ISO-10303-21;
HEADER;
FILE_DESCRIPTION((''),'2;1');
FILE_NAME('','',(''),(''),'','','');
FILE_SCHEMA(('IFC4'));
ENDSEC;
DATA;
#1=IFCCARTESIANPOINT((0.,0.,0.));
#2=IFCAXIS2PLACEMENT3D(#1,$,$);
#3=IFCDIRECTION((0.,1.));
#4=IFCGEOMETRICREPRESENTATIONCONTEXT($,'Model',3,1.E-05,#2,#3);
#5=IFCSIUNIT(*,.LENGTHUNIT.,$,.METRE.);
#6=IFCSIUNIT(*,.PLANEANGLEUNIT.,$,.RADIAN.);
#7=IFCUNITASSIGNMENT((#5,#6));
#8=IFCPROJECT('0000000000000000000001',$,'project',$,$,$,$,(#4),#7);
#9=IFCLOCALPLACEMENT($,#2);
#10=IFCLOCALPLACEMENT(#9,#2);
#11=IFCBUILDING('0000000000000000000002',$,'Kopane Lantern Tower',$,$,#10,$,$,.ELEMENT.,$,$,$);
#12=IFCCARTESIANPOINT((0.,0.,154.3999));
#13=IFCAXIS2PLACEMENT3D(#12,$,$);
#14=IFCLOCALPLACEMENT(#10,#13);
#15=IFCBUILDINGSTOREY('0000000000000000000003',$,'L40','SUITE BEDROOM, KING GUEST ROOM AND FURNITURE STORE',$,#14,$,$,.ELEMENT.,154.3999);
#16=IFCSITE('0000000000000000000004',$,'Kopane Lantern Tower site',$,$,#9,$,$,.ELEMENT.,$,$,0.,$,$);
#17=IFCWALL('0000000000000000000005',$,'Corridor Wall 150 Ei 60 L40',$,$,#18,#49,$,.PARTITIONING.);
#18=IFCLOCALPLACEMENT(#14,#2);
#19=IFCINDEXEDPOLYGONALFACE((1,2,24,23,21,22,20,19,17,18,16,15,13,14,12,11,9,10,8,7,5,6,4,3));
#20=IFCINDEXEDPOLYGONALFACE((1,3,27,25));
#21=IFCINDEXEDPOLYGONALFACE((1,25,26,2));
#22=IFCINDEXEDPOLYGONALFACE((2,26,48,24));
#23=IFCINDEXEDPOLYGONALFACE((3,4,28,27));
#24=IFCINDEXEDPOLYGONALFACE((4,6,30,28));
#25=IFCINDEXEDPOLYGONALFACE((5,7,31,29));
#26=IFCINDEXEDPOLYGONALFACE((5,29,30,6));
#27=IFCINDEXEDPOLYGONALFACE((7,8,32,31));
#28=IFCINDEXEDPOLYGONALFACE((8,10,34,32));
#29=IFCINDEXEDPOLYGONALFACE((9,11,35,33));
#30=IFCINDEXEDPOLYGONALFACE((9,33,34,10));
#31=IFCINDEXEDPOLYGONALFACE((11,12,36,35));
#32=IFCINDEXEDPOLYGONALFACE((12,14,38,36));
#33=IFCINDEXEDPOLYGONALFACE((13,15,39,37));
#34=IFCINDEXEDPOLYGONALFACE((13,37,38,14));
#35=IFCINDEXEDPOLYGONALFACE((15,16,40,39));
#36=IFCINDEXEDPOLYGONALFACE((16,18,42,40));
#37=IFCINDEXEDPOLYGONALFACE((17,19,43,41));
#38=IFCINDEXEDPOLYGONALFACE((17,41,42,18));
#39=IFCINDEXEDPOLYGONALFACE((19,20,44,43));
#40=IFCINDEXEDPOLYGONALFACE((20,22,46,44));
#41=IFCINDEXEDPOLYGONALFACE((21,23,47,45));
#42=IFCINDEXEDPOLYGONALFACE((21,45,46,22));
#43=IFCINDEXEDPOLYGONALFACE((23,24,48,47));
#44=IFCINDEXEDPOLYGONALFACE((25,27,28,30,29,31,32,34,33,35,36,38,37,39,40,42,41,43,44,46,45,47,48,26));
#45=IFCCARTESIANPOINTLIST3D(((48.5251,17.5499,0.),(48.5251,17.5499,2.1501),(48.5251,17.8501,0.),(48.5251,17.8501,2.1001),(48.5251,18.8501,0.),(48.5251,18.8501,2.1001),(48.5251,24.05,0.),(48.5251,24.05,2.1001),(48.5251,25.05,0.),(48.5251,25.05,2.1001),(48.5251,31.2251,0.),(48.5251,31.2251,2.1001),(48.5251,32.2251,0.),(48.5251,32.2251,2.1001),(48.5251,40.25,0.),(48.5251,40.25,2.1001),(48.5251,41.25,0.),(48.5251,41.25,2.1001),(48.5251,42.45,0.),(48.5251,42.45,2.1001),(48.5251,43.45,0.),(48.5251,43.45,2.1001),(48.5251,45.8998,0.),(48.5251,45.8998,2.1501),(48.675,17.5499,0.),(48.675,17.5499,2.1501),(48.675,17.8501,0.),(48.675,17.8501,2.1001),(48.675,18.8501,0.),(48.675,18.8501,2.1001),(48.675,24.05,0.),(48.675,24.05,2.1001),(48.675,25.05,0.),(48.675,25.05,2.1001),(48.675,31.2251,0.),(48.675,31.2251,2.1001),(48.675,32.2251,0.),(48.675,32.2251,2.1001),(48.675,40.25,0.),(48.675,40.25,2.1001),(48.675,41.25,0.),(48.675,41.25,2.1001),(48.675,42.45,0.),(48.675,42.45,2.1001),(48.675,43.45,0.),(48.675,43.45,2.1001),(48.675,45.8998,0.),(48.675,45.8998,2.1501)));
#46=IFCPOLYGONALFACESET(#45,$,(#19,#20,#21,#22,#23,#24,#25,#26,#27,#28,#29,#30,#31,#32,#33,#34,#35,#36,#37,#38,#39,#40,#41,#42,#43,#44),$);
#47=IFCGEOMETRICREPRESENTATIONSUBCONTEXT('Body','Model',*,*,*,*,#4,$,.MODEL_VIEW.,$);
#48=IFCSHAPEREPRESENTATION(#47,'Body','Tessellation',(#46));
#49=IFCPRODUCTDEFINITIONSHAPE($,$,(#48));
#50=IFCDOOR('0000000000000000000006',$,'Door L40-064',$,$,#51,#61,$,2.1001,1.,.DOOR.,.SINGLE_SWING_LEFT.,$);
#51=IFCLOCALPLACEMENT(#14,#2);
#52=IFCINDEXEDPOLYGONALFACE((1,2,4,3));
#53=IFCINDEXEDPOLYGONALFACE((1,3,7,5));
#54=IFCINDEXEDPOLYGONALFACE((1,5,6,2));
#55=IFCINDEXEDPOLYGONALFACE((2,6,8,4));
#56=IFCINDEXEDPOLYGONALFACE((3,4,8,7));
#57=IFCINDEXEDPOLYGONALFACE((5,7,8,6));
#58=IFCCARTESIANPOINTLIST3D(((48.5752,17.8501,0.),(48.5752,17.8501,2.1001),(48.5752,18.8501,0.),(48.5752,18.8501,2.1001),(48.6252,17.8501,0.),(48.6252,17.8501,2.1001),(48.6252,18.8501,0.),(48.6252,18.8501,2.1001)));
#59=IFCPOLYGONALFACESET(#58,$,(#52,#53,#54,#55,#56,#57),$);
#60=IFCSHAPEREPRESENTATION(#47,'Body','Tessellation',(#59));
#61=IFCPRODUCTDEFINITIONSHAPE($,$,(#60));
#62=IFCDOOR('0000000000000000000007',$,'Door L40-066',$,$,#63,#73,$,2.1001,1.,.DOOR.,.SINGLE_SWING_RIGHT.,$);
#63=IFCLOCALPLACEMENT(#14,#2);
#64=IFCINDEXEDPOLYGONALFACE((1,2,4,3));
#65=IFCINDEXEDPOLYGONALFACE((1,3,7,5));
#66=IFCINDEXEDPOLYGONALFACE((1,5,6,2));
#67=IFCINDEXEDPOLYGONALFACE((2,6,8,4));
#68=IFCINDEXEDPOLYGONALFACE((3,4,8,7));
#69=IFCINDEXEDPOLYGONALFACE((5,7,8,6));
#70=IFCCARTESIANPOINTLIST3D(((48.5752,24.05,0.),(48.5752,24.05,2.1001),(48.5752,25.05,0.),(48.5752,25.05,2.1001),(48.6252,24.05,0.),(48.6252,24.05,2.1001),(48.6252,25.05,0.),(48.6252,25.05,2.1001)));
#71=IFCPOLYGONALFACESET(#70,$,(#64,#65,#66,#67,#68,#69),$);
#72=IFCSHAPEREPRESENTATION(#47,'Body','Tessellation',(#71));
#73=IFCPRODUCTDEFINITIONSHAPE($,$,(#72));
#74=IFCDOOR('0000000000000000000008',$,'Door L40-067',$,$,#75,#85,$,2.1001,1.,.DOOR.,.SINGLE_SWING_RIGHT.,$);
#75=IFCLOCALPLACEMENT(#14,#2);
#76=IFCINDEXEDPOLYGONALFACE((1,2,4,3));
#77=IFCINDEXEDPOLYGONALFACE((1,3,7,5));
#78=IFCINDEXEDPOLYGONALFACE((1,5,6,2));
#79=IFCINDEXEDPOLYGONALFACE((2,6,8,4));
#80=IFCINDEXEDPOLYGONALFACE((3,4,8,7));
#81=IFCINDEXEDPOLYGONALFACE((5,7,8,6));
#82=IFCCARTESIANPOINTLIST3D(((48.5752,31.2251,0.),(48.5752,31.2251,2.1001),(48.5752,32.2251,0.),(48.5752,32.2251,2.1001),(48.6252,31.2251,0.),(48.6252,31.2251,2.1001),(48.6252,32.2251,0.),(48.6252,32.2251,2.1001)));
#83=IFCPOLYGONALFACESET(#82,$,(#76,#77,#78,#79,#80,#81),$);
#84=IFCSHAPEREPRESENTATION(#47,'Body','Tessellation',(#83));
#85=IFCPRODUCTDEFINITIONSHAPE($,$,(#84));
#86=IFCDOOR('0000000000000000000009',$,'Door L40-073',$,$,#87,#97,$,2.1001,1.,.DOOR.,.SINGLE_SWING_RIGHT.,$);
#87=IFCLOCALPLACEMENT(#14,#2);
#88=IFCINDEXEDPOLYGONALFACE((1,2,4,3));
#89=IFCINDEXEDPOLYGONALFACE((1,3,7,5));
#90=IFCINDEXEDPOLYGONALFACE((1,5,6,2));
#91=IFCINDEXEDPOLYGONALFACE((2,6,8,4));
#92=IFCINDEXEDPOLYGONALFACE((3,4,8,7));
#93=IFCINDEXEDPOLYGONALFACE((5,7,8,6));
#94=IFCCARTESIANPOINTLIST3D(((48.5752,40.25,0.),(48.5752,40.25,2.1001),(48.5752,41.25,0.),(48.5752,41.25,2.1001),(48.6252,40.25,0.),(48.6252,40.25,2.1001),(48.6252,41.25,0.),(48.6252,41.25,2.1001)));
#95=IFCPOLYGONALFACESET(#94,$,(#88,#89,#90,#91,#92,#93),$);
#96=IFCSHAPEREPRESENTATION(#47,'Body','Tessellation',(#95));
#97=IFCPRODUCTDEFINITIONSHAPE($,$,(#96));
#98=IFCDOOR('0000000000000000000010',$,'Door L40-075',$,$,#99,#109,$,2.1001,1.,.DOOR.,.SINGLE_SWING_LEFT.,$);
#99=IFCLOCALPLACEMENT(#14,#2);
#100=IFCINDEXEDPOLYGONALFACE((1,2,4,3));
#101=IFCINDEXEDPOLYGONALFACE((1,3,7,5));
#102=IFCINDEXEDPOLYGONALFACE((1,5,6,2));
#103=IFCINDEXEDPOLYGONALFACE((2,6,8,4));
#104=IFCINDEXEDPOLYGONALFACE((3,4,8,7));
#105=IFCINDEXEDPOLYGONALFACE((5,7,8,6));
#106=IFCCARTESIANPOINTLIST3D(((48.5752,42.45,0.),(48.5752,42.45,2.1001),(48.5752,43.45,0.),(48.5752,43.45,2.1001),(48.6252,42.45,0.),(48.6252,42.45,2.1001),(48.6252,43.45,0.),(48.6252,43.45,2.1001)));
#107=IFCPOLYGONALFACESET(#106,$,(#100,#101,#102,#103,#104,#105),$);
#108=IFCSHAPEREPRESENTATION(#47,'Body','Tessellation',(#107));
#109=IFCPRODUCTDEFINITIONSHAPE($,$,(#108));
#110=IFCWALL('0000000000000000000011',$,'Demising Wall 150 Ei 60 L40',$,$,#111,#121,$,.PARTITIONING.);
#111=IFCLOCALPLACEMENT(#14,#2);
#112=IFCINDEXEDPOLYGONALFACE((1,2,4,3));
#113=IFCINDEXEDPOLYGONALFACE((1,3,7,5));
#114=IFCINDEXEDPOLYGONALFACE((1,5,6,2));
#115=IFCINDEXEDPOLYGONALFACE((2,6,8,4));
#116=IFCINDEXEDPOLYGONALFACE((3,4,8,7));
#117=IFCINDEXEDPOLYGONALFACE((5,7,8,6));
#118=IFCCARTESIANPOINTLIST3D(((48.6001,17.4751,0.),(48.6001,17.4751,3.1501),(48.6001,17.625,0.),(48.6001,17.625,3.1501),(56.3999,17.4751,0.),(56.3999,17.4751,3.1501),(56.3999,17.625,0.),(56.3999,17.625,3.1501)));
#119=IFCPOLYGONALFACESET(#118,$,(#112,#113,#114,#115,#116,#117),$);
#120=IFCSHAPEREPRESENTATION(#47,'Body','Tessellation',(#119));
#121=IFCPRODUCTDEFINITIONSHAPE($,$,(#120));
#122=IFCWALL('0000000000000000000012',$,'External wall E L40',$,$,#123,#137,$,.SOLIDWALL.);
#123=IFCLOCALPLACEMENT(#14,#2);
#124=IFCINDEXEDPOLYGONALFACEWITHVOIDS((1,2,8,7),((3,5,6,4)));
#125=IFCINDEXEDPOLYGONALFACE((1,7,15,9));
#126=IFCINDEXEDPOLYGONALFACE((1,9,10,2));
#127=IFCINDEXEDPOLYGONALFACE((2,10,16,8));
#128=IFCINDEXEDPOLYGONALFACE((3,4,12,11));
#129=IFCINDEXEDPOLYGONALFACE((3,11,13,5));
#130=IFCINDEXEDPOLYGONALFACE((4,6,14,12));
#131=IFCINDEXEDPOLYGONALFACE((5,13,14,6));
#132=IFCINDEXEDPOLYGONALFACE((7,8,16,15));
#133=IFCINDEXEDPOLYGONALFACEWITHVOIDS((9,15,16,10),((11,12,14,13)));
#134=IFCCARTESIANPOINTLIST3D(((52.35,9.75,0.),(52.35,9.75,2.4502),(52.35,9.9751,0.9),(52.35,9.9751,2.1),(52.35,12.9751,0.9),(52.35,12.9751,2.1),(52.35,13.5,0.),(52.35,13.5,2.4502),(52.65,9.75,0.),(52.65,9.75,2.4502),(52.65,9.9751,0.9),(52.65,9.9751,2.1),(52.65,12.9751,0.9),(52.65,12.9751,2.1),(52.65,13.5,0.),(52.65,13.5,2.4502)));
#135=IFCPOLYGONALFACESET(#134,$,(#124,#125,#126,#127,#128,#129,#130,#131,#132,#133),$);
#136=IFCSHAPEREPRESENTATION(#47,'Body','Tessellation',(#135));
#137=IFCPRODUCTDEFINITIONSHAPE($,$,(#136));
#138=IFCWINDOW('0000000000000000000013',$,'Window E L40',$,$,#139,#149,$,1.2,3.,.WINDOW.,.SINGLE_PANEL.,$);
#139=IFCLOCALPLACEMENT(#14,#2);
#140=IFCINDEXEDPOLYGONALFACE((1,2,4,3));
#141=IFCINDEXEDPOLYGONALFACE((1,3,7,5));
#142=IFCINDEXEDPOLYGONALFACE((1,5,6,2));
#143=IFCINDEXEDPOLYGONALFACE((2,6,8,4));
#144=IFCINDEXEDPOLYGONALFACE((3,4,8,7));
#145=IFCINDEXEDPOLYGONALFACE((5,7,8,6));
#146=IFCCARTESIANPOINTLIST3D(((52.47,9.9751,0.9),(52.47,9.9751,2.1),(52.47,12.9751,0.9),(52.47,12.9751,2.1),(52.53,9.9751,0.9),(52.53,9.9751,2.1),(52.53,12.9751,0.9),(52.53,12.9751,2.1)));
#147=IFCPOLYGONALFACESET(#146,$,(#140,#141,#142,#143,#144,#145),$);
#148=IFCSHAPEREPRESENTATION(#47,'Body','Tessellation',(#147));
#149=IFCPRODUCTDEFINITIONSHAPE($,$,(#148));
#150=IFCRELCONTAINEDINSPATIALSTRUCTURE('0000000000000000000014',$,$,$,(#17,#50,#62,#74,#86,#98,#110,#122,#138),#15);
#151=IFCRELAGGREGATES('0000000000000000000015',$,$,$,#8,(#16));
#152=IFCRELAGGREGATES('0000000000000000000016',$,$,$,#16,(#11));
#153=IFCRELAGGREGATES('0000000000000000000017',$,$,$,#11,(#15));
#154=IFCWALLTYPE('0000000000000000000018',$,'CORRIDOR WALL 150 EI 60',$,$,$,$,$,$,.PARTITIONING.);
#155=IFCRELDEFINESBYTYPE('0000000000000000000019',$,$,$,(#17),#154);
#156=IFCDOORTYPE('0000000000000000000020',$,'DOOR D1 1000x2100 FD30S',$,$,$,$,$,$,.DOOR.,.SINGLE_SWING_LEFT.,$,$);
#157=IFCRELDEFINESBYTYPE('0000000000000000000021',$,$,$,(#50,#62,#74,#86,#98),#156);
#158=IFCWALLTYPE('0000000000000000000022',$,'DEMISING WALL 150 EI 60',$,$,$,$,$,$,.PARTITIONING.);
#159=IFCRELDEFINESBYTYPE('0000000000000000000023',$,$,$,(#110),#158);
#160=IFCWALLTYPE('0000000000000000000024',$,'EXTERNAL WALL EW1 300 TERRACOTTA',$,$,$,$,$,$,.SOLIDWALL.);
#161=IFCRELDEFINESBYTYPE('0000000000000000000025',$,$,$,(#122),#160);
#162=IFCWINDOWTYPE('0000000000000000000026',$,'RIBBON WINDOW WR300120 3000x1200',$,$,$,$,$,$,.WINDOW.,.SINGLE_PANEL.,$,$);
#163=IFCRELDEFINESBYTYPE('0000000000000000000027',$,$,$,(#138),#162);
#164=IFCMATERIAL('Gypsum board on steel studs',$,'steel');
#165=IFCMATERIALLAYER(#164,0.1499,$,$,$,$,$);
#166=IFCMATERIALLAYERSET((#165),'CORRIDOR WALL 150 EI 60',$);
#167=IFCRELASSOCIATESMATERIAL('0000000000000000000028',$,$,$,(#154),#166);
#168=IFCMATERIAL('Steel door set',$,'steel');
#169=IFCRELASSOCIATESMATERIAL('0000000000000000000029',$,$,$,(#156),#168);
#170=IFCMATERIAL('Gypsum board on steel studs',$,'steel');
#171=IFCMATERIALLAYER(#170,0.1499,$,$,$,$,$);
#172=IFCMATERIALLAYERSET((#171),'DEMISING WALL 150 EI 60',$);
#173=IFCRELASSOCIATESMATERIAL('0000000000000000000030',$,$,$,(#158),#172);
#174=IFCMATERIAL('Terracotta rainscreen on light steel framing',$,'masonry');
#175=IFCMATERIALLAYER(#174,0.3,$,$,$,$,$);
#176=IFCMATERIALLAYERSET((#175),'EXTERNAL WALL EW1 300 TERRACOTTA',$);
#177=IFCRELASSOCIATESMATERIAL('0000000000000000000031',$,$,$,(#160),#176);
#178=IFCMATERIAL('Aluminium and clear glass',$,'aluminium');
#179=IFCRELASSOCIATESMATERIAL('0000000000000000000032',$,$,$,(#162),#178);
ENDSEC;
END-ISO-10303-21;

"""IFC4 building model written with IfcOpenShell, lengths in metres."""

from ifc_helpers import new_model, si_unit, direction, frame, frame_2d, origin, place, context, subcontext, project, spatial, rectangle, extrude, material, layer, layer_set, type_object, element, fill, save


model = new_model("IFC4")

# Units and contexts
model_context = context("Model", 3, precision=1e-05, world=origin(), true_north=direction((0.0, 1.0)))
body_context = subcontext(model_context, "Body", "Model", "MODEL_VIEW")
ifc_project = project(units=[si_unit("LENGTHUNIT", "METRE"), si_unit("PLANEANGLEUNIT", "RADIAN")], contexts=[model_context])

# Site, building, storey
site_placement = place(None, origin())
site = spatial("IfcSite", under=ifc_project, at=site_placement, Name="Kopane Lantern Tower site", CompositionType="ELEMENT", RefElevation=0.0)
building_placement = place(site_placement, origin())
building = spatial("IfcBuilding", under=site, at=building_placement, Name="Kopane Lantern Tower", CompositionType="ELEMENT")
storey_placement = place(building_placement, frame((0.0, 0.0, 154.3999)))
storey = spatial("IfcBuildingStorey", under=building, at=storey_placement, Name="L40", Description="SUITE BEDROOM, KING GUEST ROOM AND FURNITURE STORE", CompositionType="ELEMENT", Elevation=154.3999)

# Wall, openings, doors
ifc_material_1 = material(Name="Gypsum board on steel studs", Category="steel")
ifc_layer_1 = layer(ifc_material_1, 0.1499)
ifc_layer_set_1 = layer_set([ifc_layer_1], Name="CORRIDOR WALL 150 EI 60")
wall_type_1 = type_object("IfcWallType", Name="CORRIDOR WALL 150 EI 60", PredefinedType="PARTITIONING", material=ifc_layer_set_1)
wall_1_placement = place(storey_placement, frame((48.6001, 17.55, 0.0), z_axis=(0.0, 0.0, 1.0), x_axis=(0.0, 1.0, 0.0)))
wall_1 = element("IfcWall", 1, at=wall_1_placement, inside=storey, type_object=wall_type_1, Name="Corridor Wall 150 Ei 60 L40", PredefinedType="PARTITIONING", context=body_context, shape_type="SweptSolid", body=[
    extrude(rectangle(XDim=28.3499, YDim=0.1499, at=frame_2d((14.1748, 0.0))), origin(), (0.0, 0.0, 1.0), 2.1501),
])
opening_1_placement = place(wall_1_placement, frame((0.3, 0.0, 0.0)))
opening_1 = element("IfcOpeningElement", 2, at=opening_1_placement, cuts=wall_1, PredefinedType="OPENING", context=body_context, shape_type="SweptSolid", body=[
    extrude(rectangle(XDim=1.0, YDim=2.1001, at=frame_2d((0.5, 1.05))), frame((0.0, 0.085, 0.0), z_axis=(0.0, -1.0, 0.0), x_axis=(1.0, 0.0, 0.0)), (0.0, 0.0, 1.0), 0.1699),
])
opening_2_placement = place(wall_1_placement, frame((6.5, 0.0, 0.0)))
opening_2 = element("IfcOpeningElement", 3, at=opening_2_placement, cuts=wall_1, PredefinedType="OPENING", context=body_context, shape_type="SweptSolid", body=[
    extrude(rectangle(XDim=1.0, YDim=2.1001, at=frame_2d((0.5, 1.05))), frame((0.0, 0.085, 0.0), z_axis=(0.0, -1.0, 0.0), x_axis=(1.0, 0.0, 0.0)), (0.0, 0.0, 1.0), 0.1699),
])
opening_3_placement = place(wall_1_placement, frame((13.675, 0.0, 0.0)))
opening_3 = element("IfcOpeningElement", 4, at=opening_3_placement, cuts=wall_1, PredefinedType="OPENING", context=body_context, shape_type="SweptSolid", body=[
    extrude(rectangle(XDim=1.0, YDim=2.1001, at=frame_2d((0.5, 1.05))), frame((0.0, 0.085, 0.0), z_axis=(0.0, -1.0, 0.0), x_axis=(1.0, 0.0, 0.0)), (0.0, 0.0, 1.0), 0.1699),
])
opening_4_placement = place(wall_1_placement, frame((22.7, 0.0, 0.0)))
opening_4 = element("IfcOpeningElement", 5, at=opening_4_placement, cuts=wall_1, PredefinedType="OPENING", context=body_context, shape_type="SweptSolid", body=[
    extrude(rectangle(XDim=1.0, YDim=2.1001, at=frame_2d((0.5, 1.05))), frame((0.0, 0.085, 0.0), z_axis=(0.0, -1.0, 0.0), x_axis=(1.0, 0.0, 0.0)), (0.0, 0.0, 1.0), 0.1699),
])
opening_5_placement = place(wall_1_placement, frame((24.8999, 0.0, 0.0)))
opening_5 = element("IfcOpeningElement", 6, at=opening_5_placement, cuts=wall_1, PredefinedType="OPENING", context=body_context, shape_type="SweptSolid", body=[
    extrude(rectangle(XDim=1.0, YDim=2.1001, at=frame_2d((0.5, 1.05))), frame((0.0, 0.085, 0.0), z_axis=(0.0, -1.0, 0.0), x_axis=(1.0, 0.0, 0.0)), (0.0, 0.0, 1.0), 0.1699),
])
ifc_material_2 = material(Name="Steel door set", Category="steel")
door_type_1 = type_object("IfcDoorType", Name="DOOR D1 1000x2100 FD30S", OperationType="SINGLE_SWING_LEFT", PredefinedType="DOOR", material=ifc_material_2)
door_1_placement = place(opening_1_placement, origin())
door_1 = element("IfcDoor", 7, at=door_1_placement, inside=storey, type_object=door_type_1, Name="Door L40-064", OperationType="SINGLE_SWING_LEFT", OverallHeight=2.1001, OverallWidth=1.0, PredefinedType="DOOR", context=body_context, shape_type="SweptSolid", body=[
    extrude(rectangle(XDim=1.0, YDim=2.1001, at=frame_2d((0.5, 1.05))), frame((0.0, 0.0249, 0.0), z_axis=(0.0, -1.0, 0.0), x_axis=(1.0, 0.0, 0.0)), (0.0, 0.0, 1.0), 0.05),
])
fill(opening_1, door_1)
door_2_placement = place(opening_2_placement, origin())
door_2 = element("IfcDoor", 8, at=door_2_placement, inside=storey, type_object=door_type_1, Name="Door L40-066", OperationType="SINGLE_SWING_RIGHT", OverallHeight=2.1001, OverallWidth=1.0, PredefinedType="DOOR", context=body_context, shape_type="SweptSolid", body=[
    extrude(rectangle(XDim=1.0, YDim=2.1001, at=frame_2d((0.5, 1.05))), frame((0.0, 0.0249, 0.0), z_axis=(0.0, -1.0, 0.0), x_axis=(1.0, 0.0, 0.0)), (0.0, 0.0, 1.0), 0.05),
])
fill(opening_2, door_2)
door_3_placement = place(opening_3_placement, origin())
door_3 = element("IfcDoor", 9, at=door_3_placement, inside=storey, type_object=door_type_1, Name="Door L40-067", OperationType="SINGLE_SWING_RIGHT", OverallHeight=2.1001, OverallWidth=1.0, PredefinedType="DOOR", context=body_context, shape_type="SweptSolid", body=[
    extrude(rectangle(XDim=1.0, YDim=2.1001, at=frame_2d((0.5, 1.05))), frame((0.0, 0.0249, 0.0), z_axis=(0.0, -1.0, 0.0), x_axis=(1.0, 0.0, 0.0)), (0.0, 0.0, 1.0), 0.05),
])
fill(opening_3, door_3)
door_4_placement = place(opening_4_placement, origin())
door_4 = element("IfcDoor", 10, at=door_4_placement, inside=storey, type_object=door_type_1, Name="Door L40-073", OperationType="SINGLE_SWING_RIGHT", OverallHeight=2.1001, OverallWidth=1.0, PredefinedType="DOOR", context=body_context, shape_type="SweptSolid", body=[
    extrude(rectangle(XDim=1.0, YDim=2.1001, at=frame_2d((0.5, 1.05))), frame((0.0, 0.0249, 0.0), z_axis=(0.0, -1.0, 0.0), x_axis=(1.0, 0.0, 0.0)), (0.0, 0.0, 1.0), 0.05),
])
fill(opening_4, door_4)
door_5_placement = place(opening_5_placement, origin())
door_5 = element("IfcDoor", 11, at=door_5_placement, inside=storey, type_object=door_type_1, Name="Door L40-075", OperationType="SINGLE_SWING_LEFT", OverallHeight=2.1001, OverallWidth=1.0, PredefinedType="DOOR", context=body_context, shape_type="SweptSolid", body=[
    extrude(rectangle(XDim=1.0, YDim=2.1001, at=frame_2d((0.5, 1.05))), frame((0.0, 0.0249, 0.0), z_axis=(0.0, -1.0, 0.0), x_axis=(1.0, 0.0, 0.0)), (0.0, 0.0, 1.0), 0.05),
])
fill(opening_5, door_5)

# Wall
ifc_material_3 = material(Name="Gypsum board on steel studs", Category="steel")
ifc_layer_2 = layer(ifc_material_3, 0.1499)
ifc_layer_set_2 = layer_set([ifc_layer_2], Name="DEMISING WALL 150 EI 60")
wall_type_2 = type_object("IfcWallType", Name="DEMISING WALL 150 EI 60", PredefinedType="PARTITIONING", material=ifc_layer_set_2)
wall_2_placement = place(storey_placement, frame((48.6001, 17.55, 0.0), z_axis=(0.0, 0.0, 1.0), x_axis=(1.0, 0.0, 0.0)))
element("IfcWall", 12, at=wall_2_placement, inside=storey, type_object=wall_type_2, Name="Demising Wall 150 Ei 60 L40", PredefinedType="PARTITIONING", context=body_context, shape_type="SweptSolid", body=[
    extrude(rectangle(XDim=7.7998, YDim=0.1499, at=frame_2d((3.8999, 0.0))), origin(), (0.0, 0.0, 1.0), 3.1501),
])

# Wall, opening, window
ifc_material_4 = material(Name="Terracotta rainscreen on light steel framing", Category="masonry")
ifc_layer_3 = layer(ifc_material_4, 0.3)
ifc_layer_set_3 = layer_set([ifc_layer_3], Name="EXTERNAL WALL EW1 300 TERRACOTTA")
wall_type_3 = type_object("IfcWallType", Name="EXTERNAL WALL EW1 300 TERRACOTTA", PredefinedType="SOLIDWALL", material=ifc_layer_set_3)
wall_3_placement = place(storey_placement, frame((52.5, 9.75, 0.0), z_axis=(0.0, 0.0, 1.0), x_axis=(0.0, 1.0, 0.0)))
wall_3 = element("IfcWall", 13, at=wall_3_placement, inside=storey, type_object=wall_type_3, Name="External wall E L40", PredefinedType="SOLIDWALL", context=body_context, shape_type="SweptSolid", body=[
    extrude(rectangle(XDim=3.75, YDim=0.3, at=frame_2d((1.875, 0.0))), origin(), (0.0, 0.0, 1.0), 2.4502),
])
opening_6_placement = place(wall_3_placement, frame((0.2251, 0.0, 0.8999)))
opening_6 = element("IfcOpeningElement", 14, at=opening_6_placement, cuts=wall_3, PredefinedType="OPENING", context=body_context, shape_type="SweptSolid", body=[
    extrude(rectangle(XDim=3.0, YDim=1.2, at=frame_2d((1.5, 0.6001))), frame((0.0, 0.1599, 0.0), z_axis=(0.0, -1.0, 0.0), x_axis=(1.0, 0.0, 0.0)), (0.0, 0.0, 1.0), 0.3201),
])
ifc_material_5 = material(Name="Aluminium and clear glass", Category="aluminium")
window_type = type_object("IfcWindowType", Name="RIBBON WINDOW WR300120 3000x1200", PartitioningType="SINGLE_PANEL", PredefinedType="WINDOW", material=ifc_material_5)
window_1_placement = place(opening_6_placement, origin())
window_1 = element("IfcWindow", 15, at=window_1_placement, inside=storey, type_object=window_type, Name="Window E L40", OverallHeight=1.2, OverallWidth=3.0, PartitioningType="SINGLE_PANEL", PredefinedType="WINDOW", context=body_context, shape_type="SweptSolid", body=[
    extrude(rectangle(XDim=3.0, YDim=1.2, at=frame_2d((1.5, 0.6001))), frame((0.0, 0.03, 0.0), z_axis=(0.0, -1.0, 0.0), x_axis=(1.0, 0.0, 0.0)), (0.0, 0.0, 1.0), 0.0601),
])
fill(opening_6, window_1)

save(model, "model.ifc")
